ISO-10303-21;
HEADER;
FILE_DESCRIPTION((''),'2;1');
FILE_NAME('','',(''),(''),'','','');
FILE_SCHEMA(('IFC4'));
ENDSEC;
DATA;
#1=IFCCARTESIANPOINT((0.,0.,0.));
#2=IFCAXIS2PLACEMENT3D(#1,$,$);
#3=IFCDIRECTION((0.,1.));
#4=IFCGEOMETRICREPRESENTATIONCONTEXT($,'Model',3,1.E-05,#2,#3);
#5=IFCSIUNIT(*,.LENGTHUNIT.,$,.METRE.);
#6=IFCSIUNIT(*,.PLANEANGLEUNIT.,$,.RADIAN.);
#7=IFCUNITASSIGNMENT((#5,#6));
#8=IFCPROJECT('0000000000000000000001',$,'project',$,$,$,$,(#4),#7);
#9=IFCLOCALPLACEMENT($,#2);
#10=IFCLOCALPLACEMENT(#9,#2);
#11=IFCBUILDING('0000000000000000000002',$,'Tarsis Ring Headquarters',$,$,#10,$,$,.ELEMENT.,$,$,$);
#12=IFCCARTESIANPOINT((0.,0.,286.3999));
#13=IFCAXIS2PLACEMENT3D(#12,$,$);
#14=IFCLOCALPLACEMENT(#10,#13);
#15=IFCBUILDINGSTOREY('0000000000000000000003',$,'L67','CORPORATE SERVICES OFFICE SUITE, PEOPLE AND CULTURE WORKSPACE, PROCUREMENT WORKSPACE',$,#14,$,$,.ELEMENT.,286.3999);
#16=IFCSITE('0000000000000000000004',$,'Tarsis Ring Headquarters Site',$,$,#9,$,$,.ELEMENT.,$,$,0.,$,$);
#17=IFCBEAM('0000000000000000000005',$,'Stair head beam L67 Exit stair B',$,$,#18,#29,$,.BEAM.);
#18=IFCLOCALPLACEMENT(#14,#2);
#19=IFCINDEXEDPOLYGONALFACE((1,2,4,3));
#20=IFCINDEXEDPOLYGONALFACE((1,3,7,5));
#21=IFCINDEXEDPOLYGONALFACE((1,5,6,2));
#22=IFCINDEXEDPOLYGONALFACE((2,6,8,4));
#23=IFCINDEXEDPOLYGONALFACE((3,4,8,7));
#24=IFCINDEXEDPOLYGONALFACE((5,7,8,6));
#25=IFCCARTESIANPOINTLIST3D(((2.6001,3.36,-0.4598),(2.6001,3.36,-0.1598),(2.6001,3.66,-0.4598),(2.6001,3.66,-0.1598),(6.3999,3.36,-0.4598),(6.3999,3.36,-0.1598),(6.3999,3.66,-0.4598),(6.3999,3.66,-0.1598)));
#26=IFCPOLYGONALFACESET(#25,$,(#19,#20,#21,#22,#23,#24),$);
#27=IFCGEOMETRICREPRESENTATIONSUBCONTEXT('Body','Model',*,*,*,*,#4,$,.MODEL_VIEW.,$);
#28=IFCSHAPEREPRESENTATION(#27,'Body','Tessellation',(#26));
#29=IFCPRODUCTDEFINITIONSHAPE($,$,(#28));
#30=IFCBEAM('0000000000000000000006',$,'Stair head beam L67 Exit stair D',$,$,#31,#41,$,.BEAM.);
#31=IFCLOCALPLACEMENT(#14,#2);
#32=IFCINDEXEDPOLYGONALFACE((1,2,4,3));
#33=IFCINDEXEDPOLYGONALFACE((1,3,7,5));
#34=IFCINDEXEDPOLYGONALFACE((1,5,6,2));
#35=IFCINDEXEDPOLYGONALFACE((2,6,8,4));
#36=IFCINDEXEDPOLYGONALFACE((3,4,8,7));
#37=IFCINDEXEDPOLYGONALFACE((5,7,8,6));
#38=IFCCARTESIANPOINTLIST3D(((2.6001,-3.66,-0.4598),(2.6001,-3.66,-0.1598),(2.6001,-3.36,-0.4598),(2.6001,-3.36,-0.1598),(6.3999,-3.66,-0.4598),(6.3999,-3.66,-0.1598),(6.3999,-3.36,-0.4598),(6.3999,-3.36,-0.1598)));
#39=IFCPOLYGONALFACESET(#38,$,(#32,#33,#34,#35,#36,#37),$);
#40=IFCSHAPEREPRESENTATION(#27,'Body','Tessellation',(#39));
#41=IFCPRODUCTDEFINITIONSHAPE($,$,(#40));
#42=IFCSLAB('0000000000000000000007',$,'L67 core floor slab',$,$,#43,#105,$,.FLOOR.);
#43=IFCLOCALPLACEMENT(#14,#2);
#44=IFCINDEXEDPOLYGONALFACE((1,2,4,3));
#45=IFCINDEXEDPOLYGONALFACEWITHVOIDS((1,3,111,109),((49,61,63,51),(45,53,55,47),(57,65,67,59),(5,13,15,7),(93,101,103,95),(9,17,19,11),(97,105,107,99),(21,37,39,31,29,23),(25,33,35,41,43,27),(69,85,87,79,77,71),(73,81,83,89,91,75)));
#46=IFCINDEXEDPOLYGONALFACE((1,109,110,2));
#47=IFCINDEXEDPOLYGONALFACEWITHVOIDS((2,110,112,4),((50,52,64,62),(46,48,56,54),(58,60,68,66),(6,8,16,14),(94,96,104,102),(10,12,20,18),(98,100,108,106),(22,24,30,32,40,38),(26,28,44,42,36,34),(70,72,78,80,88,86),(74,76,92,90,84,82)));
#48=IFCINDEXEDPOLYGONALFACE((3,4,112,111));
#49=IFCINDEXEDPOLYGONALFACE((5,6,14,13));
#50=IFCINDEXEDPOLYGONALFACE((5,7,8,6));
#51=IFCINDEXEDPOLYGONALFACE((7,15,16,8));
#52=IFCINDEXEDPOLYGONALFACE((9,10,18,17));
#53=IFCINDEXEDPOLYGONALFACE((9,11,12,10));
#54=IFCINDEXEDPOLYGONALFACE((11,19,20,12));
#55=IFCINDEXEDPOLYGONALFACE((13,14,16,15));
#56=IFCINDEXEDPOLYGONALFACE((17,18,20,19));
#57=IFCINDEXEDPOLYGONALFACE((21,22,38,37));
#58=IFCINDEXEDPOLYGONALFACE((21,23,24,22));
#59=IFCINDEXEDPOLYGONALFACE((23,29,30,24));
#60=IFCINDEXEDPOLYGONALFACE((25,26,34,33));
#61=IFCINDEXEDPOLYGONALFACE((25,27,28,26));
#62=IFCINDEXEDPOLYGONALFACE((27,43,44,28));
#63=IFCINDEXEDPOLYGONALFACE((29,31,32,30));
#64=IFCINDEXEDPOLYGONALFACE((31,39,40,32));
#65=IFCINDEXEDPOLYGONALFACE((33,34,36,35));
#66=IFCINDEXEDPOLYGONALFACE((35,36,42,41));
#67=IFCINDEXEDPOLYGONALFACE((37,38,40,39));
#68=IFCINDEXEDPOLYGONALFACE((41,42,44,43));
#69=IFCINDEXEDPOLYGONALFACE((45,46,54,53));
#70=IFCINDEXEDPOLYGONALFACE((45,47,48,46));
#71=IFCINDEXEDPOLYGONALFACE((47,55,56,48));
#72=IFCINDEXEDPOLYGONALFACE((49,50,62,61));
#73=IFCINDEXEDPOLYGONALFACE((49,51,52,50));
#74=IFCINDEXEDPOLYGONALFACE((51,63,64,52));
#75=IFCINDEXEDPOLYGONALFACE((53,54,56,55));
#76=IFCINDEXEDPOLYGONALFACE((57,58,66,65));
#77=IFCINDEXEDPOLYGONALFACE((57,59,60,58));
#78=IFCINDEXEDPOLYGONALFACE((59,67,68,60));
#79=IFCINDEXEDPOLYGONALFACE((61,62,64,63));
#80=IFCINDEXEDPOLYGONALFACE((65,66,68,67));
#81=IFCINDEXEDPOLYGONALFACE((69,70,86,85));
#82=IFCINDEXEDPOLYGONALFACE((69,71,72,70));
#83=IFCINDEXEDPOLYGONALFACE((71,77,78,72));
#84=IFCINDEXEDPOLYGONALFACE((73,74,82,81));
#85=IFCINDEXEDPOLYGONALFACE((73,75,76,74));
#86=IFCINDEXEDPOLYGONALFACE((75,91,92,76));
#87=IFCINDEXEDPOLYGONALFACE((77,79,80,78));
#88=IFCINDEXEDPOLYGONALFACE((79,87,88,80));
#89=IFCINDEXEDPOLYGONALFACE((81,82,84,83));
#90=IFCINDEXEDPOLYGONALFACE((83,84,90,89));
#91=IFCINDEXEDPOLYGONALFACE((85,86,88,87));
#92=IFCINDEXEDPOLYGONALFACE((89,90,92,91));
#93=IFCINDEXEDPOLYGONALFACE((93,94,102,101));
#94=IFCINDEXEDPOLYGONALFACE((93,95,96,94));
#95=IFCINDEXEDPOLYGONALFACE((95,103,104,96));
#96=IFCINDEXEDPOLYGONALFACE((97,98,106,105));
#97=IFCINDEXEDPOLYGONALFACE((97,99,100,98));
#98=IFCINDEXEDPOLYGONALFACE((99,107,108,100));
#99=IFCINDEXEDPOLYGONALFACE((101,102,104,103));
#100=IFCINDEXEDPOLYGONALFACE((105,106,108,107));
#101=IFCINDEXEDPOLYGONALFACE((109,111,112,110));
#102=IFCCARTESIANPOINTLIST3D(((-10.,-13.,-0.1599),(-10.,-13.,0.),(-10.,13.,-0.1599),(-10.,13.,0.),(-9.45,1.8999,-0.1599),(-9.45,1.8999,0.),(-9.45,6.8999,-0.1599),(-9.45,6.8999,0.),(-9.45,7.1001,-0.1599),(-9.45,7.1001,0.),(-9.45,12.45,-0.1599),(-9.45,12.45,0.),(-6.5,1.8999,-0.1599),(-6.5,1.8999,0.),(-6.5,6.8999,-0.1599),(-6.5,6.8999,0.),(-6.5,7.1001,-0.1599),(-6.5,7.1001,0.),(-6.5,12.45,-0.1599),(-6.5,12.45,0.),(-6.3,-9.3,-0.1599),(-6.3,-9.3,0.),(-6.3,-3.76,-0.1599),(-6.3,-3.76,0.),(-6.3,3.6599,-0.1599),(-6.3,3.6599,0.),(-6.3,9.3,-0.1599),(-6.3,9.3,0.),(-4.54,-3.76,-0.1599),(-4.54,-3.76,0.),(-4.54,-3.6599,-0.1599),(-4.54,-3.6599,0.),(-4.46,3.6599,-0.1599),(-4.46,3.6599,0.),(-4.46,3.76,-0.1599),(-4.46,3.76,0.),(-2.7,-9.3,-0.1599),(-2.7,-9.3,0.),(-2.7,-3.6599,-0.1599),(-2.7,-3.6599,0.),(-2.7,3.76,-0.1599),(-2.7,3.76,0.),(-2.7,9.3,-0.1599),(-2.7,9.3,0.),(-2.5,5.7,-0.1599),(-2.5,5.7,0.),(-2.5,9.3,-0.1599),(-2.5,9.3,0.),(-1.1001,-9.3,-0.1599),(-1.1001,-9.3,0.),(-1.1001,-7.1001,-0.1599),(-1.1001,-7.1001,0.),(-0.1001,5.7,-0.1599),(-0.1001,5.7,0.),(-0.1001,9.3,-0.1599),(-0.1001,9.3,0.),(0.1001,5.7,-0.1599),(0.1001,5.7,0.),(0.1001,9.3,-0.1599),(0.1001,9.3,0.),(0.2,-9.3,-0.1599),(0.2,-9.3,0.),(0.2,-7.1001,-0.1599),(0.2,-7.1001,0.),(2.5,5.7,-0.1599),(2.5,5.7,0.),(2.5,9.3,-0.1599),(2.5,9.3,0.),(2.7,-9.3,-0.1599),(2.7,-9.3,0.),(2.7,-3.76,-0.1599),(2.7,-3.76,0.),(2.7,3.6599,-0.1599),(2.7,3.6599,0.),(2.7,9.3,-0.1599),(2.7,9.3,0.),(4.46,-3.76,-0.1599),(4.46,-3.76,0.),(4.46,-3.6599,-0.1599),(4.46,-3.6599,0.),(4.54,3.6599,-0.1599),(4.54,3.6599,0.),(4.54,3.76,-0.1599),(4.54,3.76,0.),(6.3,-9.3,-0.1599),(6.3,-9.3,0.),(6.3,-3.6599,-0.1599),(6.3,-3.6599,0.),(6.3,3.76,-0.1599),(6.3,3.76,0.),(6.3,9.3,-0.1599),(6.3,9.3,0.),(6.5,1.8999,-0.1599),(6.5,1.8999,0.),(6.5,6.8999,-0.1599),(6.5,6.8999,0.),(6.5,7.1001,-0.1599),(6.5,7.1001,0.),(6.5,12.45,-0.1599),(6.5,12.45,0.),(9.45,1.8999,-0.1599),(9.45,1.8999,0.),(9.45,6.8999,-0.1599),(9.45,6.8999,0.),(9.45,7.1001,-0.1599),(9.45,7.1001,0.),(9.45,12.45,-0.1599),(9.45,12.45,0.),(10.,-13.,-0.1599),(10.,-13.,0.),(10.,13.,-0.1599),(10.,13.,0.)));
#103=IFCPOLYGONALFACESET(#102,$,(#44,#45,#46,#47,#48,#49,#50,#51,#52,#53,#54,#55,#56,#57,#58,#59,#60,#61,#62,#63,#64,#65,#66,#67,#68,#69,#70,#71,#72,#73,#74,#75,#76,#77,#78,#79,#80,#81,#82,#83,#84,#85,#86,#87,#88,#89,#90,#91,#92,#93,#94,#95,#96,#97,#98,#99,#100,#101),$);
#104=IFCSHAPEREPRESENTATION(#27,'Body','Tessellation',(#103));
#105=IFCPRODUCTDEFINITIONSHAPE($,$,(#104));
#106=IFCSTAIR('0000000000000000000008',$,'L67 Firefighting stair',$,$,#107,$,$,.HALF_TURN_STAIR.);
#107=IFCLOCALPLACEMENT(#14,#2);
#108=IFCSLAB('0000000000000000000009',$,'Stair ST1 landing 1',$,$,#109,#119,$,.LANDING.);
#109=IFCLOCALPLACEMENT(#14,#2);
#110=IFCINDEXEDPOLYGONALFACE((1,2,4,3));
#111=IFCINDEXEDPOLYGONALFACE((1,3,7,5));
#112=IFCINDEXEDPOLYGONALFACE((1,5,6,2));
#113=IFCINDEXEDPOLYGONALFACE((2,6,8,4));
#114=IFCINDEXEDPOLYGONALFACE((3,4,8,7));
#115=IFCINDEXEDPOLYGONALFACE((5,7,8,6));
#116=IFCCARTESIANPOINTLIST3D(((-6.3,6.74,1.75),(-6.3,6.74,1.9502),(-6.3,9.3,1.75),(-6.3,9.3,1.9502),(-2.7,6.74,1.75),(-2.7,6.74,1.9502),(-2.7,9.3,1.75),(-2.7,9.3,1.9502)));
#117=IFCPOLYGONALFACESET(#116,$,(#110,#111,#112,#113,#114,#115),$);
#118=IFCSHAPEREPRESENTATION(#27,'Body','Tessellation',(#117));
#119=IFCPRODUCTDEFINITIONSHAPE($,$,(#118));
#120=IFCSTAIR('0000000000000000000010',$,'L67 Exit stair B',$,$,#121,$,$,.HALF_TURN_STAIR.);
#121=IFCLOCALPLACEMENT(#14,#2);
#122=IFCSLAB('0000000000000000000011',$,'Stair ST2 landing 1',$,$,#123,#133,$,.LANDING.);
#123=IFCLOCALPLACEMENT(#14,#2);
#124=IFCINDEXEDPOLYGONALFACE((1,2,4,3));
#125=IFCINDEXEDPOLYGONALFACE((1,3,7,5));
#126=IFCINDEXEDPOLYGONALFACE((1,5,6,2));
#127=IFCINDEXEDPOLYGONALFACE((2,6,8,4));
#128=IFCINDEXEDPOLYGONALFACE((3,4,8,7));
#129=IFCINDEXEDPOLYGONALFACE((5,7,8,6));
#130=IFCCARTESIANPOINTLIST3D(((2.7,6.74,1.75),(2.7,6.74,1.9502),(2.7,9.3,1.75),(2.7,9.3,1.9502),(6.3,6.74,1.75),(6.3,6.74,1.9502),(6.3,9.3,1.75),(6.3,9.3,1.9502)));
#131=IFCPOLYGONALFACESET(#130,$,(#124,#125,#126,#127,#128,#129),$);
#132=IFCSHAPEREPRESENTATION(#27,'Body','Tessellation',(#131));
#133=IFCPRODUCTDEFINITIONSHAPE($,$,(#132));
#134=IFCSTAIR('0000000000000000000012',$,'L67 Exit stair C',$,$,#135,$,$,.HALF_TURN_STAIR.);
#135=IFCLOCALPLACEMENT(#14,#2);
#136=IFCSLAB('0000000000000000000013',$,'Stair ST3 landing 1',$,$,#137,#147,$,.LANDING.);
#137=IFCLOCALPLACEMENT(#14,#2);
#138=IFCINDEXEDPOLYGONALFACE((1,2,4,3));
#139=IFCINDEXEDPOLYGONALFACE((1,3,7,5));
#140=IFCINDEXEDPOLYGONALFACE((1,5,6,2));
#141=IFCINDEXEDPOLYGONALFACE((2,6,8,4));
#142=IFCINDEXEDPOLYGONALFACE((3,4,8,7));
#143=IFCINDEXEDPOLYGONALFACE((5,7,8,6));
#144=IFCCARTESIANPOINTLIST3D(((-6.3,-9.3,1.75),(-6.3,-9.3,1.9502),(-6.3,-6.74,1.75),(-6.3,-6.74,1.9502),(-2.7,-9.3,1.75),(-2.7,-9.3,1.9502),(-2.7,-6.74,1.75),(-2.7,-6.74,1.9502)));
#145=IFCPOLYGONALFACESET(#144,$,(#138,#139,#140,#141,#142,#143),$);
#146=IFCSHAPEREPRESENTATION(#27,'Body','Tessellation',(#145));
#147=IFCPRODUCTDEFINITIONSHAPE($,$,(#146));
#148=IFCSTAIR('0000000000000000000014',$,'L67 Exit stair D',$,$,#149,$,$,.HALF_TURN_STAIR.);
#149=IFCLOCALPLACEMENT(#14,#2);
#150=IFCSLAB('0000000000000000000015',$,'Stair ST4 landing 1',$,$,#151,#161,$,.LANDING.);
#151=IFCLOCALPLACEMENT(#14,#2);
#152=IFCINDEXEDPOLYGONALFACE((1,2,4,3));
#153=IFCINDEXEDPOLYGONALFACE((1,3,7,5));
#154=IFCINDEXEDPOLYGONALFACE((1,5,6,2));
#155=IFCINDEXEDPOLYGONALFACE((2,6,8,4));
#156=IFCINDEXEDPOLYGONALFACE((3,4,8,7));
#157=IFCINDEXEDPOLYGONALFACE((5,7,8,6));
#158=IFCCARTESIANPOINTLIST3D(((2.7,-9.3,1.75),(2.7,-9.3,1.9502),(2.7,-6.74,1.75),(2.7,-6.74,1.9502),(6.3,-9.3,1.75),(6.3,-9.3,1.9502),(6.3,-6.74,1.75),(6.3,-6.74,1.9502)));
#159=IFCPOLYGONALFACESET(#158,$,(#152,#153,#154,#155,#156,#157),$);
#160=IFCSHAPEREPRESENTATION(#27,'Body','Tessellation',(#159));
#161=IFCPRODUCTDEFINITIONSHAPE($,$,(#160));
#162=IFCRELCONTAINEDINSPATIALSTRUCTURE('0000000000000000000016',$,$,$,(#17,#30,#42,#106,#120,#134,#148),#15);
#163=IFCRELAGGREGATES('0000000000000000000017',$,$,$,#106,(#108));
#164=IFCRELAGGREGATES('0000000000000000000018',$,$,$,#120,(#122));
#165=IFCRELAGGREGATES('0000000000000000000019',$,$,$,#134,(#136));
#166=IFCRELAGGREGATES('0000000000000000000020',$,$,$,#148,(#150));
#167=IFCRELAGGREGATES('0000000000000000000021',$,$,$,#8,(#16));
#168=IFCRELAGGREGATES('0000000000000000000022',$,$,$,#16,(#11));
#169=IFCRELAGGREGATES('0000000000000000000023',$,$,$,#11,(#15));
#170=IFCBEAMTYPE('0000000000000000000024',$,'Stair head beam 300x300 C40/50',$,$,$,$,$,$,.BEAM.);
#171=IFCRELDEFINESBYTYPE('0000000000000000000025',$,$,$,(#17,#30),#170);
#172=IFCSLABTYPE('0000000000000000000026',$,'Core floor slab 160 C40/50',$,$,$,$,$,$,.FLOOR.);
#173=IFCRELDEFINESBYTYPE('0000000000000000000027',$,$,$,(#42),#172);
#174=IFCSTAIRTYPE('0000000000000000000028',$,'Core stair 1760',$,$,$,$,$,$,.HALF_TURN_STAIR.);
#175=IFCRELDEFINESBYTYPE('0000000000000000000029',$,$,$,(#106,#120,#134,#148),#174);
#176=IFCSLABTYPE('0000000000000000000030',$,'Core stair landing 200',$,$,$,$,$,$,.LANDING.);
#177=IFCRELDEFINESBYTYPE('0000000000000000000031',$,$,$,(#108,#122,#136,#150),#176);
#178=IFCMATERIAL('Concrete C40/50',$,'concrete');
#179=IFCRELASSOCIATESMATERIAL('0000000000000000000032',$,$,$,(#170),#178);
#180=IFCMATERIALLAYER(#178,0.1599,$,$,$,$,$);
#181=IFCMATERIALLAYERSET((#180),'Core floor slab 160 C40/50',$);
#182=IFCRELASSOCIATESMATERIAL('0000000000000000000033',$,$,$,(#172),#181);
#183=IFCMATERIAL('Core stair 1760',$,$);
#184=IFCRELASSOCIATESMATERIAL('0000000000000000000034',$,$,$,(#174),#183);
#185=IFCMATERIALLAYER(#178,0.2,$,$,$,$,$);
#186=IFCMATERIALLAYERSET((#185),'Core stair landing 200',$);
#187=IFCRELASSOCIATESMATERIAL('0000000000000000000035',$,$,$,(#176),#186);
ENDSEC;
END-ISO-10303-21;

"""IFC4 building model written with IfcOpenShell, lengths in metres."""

from ifc_helpers import new_model, si_unit, direction, frame, origin, origin_2d, place, context, subcontext, project, spatial, polyline, rectangle, outline, extrude, material, layer, layer_set, material_profile, profile_set, type_object, element, aggregate, save


model = new_model("IFC4")

# Units and contexts
model_context = context("Model", 3, precision=1e-05, world=origin(), true_north=direction((0.0, 1.0)))
body_context = subcontext(model_context, "Body", "Model", "MODEL_VIEW")
ifc_project = project(units=[si_unit("LENGTHUNIT", "METRE"), si_unit("PLANEANGLEUNIT", "RADIAN")], contexts=[model_context])

# Site, building, storey
site_placement = place(None, origin())
site = spatial("IfcSite", under=ifc_project, at=site_placement, Name="Tarsis Ring Headquarters Site", CompositionType="ELEMENT", RefElevation=0.0)
building_placement = place(site_placement, origin())
building = spatial("IfcBuilding", under=site, at=building_placement, Name="Tarsis Ring Headquarters", CompositionType="ELEMENT")
storey_placement = place(building_placement, frame((0.0, 0.0, 286.3999)))
storey = spatial("IfcBuildingStorey", under=building, at=storey_placement, Name="L67", Description="CORPORATE SERVICES OFFICE SUITE, PEOPLE AND CULTURE WORKSPACE, PROCUREMENT WORKSPACE", CompositionType="ELEMENT", Elevation=286.3999)

# Beams
ifc_material_1 = material(Name="Concrete C40/50", Category="concrete")
ifc_material_profile = material_profile(ifc_material_1, rectangle(XDim=0.3, YDim=0.3, at=origin_2d()), Name="Stair head beam 300x300 C40/50")
ifc_profile_set = profile_set([ifc_material_profile], Name="Concrete C40/50")
beam_type = type_object("IfcBeamType", Name="Stair head beam 300x300 C40/50", PredefinedType="BEAM", material=ifc_profile_set)
for number, where, z_axis, x_axis, name in (
    (1, (2.6001, 3.51, -0.3098), (1.0, 0.0, 0.0), (0.0, 1.0, 0.0), "Stair head beam L67 Exit stair B"),
    (2, (2.6001, -3.51, -0.3098), (1.0, 0.0, 0.0), (0.0, 1.0, 0.0), "Stair head beam L67 Exit stair D"),
):
    element("IfcBeam", number, at=place(storey_placement, frame(where, z_axis=z_axis, x_axis=x_axis)), inside=storey, type_object=beam_type, Name=name, PredefinedType="BEAM", context=body_context, shape_type="SweptSolid", body=[
        extrude(rectangle(XDim=0.3, YDim=0.3, at=origin_2d()), origin(), (0.0, 0.0, 1.0), 3.7998),
    ])

# Slab
ifc_layer_1 = layer(ifc_material_1, 0.1599)
ifc_layer_set_1 = layer_set([ifc_layer_1], Name="Core floor slab 160 C40/50")
slab_type_1 = type_object("IfcSlabType", Name="Core floor slab 160 C40/50", PredefinedType="FLOOR", material=ifc_layer_set_1)
slab_1_placement = place(storey_placement, frame((0.0, 0.0, -0.1599)))
element("IfcSlab", 3, at=slab_1_placement, inside=storey, type_object=slab_type_1, Name="L67 core floor slab", PredefinedType="FLOOR", context=body_context, shape_type="SweptSolid", body=[
    extrude(outline(polyline([(-10.0, -13.0), (10.0, -13.0), (10.0, 13.0), (-10.0, 13.0), (-10.0, -13.0)]), holes=[polyline([(-2.5, 5.7), (-0.1001, 5.7), (-0.1001, 9.3), (-2.5, 9.3), (-2.5, 5.7)]), polyline([(0.1001, 5.7), (2.5, 5.7), (2.5, 9.3), (0.1001, 9.3), (0.1001, 5.7)]), polyline([(-9.45, 1.8999), (-6.5, 1.8999), (-6.5, 6.8999), (-9.45, 6.8999), (-9.45, 1.8999)]), polyline([(-9.45, 7.1001), (-6.5, 7.1001), (-6.5, 12.45), (-9.45, 12.45), (-9.45, 7.1001)]), polyline([(6.5, 1.8999), (9.45, 1.8999), (9.45, 6.8999), (6.5, 6.8999), (6.5, 1.8999)]), polyline([(6.5, 7.1001), (9.45, 7.1001), (9.45, 12.45), (6.5, 12.45), (6.5, 7.1001)]), polyline([(-1.1001, -9.3), (0.2, -9.3), (0.2, -7.1001), (-1.1001, -7.1001), (-1.1001, -9.3)]), polyline([(-2.7, 3.76), (-2.7, 9.3), (-6.3, 9.3), (-6.3, 3.6599), (-4.46, 3.6599), (-4.46, 3.76), (-2.7, 3.76)]), polyline([(6.3, 3.76), (6.3, 9.3), (2.7, 9.3), (2.7, 3.6599), (4.54, 3.6599), (4.54, 3.76), (6.3, 3.76)]), polyline([(-6.3, -3.76), (-6.3, -9.3), (-2.7, -9.3), (-2.7, -3.6599), (-4.54, -3.6599), (-4.54, -3.76), (-6.3, -3.76)]), polyline([(2.7, -3.76), (2.7, -9.3), (6.3, -9.3), (6.3, -3.6599), (4.46, -3.6599), (4.46, -3.76), (2.7, -3.76)])]), origin(), (0.0, 0.0, 1.0), 0.1599),
])

# Stairs, slabs
ifc_material_2 = material(Name="Core stair 1760")
stair_type = type_object("IfcStairType", Name="Core stair 1760", PredefinedType="HALF_TURN_STAIR", material=ifc_material_2)
stair_1_placement = place(storey_placement, origin())
stair_1 = element("IfcStair", 4, at=stair_1_placement, inside=storey, type_object=stair_type, Name="L67 Firefighting stair", PredefinedType="HALF_TURN_STAIR")
ifc_layer_2 = layer(ifc_material_1, 0.2)
ifc_layer_set_2 = layer_set([ifc_layer_2], Name="Core stair landing 200")
slab_type_2 = type_object("IfcSlabType", Name="Core stair landing 200", PredefinedType="LANDING", material=ifc_layer_set_2)
slab_2_placement = place(storey_placement, frame((0.0, 0.0, 1.75)))
slab_2 = element("IfcSlab", 5, at=slab_2_placement, type_object=slab_type_2, Name="Stair ST1 landing 1", PredefinedType="LANDING", context=body_context, shape_type="SweptSolid", body=[
    extrude(outline(polyline([(-2.7, 6.74), (-2.7, 9.3), (-6.3, 9.3), (-6.3, 6.74), (-2.7, 6.74)])), origin(), (0.0, 0.0, 1.0), 0.2002),
])
aggregate(stair_1, [slab_2])
stair_2_placement = place(storey_placement, origin())
stair_2 = element("IfcStair", 6, at=stair_2_placement, inside=storey, type_object=stair_type, Name="L67 Exit stair B", PredefinedType="HALF_TURN_STAIR")
slab_3_placement = place(storey_placement, frame((0.0, 0.0, 1.75)))
slab_3 = element("IfcSlab", 7, at=slab_3_placement, type_object=slab_type_2, Name="Stair ST2 landing 1", PredefinedType="LANDING", context=body_context, shape_type="SweptSolid", body=[
    extrude(outline(polyline([(6.3, 6.74), (6.3, 9.3), (2.7, 9.3), (2.7, 6.74), (6.3, 6.74)])), origin(), (0.0, 0.0, 1.0), 0.2002),
])
aggregate(stair_2, [slab_3])
stair_3_placement = place(storey_placement, origin())
stair_3 = element("IfcStair", 8, at=stair_3_placement, inside=storey, type_object=stair_type, Name="L67 Exit stair C", PredefinedType="HALF_TURN_STAIR")
slab_4_placement = place(storey_placement, frame((0.0, 0.0, 1.75)))
slab_4 = element("IfcSlab", 9, at=slab_4_placement, type_object=slab_type_2, Name="Stair ST3 landing 1", PredefinedType="LANDING", context=body_context, shape_type="SweptSolid", body=[
    extrude(outline(polyline([(-6.3, -6.74), (-6.3, -9.3), (-2.7, -9.3), (-2.7, -6.74), (-6.3, -6.74)])), origin(), (0.0, 0.0, 1.0), 0.2002),
])
aggregate(stair_3, [slab_4])
stair_4_placement = place(storey_placement, origin())
stair_4 = element("IfcStair", 10, at=stair_4_placement, inside=storey, type_object=stair_type, Name="L67 Exit stair D", PredefinedType="HALF_TURN_STAIR")
slab_5_placement = place(storey_placement, frame((0.0, 0.0, 1.75)))
slab_5 = element("IfcSlab", 11, at=slab_5_placement, type_object=slab_type_2, Name="Stair ST4 landing 1", PredefinedType="LANDING", context=body_context, shape_type="SweptSolid", body=[
    extrude(outline(polyline([(2.7, -6.74), (2.7, -9.3), (6.3, -9.3), (6.3, -6.74), (2.7, -6.74)])), origin(), (0.0, 0.0, 1.0), 0.2002),
])
aggregate(stair_4, [slab_5])

save(model, "model.ifc")
